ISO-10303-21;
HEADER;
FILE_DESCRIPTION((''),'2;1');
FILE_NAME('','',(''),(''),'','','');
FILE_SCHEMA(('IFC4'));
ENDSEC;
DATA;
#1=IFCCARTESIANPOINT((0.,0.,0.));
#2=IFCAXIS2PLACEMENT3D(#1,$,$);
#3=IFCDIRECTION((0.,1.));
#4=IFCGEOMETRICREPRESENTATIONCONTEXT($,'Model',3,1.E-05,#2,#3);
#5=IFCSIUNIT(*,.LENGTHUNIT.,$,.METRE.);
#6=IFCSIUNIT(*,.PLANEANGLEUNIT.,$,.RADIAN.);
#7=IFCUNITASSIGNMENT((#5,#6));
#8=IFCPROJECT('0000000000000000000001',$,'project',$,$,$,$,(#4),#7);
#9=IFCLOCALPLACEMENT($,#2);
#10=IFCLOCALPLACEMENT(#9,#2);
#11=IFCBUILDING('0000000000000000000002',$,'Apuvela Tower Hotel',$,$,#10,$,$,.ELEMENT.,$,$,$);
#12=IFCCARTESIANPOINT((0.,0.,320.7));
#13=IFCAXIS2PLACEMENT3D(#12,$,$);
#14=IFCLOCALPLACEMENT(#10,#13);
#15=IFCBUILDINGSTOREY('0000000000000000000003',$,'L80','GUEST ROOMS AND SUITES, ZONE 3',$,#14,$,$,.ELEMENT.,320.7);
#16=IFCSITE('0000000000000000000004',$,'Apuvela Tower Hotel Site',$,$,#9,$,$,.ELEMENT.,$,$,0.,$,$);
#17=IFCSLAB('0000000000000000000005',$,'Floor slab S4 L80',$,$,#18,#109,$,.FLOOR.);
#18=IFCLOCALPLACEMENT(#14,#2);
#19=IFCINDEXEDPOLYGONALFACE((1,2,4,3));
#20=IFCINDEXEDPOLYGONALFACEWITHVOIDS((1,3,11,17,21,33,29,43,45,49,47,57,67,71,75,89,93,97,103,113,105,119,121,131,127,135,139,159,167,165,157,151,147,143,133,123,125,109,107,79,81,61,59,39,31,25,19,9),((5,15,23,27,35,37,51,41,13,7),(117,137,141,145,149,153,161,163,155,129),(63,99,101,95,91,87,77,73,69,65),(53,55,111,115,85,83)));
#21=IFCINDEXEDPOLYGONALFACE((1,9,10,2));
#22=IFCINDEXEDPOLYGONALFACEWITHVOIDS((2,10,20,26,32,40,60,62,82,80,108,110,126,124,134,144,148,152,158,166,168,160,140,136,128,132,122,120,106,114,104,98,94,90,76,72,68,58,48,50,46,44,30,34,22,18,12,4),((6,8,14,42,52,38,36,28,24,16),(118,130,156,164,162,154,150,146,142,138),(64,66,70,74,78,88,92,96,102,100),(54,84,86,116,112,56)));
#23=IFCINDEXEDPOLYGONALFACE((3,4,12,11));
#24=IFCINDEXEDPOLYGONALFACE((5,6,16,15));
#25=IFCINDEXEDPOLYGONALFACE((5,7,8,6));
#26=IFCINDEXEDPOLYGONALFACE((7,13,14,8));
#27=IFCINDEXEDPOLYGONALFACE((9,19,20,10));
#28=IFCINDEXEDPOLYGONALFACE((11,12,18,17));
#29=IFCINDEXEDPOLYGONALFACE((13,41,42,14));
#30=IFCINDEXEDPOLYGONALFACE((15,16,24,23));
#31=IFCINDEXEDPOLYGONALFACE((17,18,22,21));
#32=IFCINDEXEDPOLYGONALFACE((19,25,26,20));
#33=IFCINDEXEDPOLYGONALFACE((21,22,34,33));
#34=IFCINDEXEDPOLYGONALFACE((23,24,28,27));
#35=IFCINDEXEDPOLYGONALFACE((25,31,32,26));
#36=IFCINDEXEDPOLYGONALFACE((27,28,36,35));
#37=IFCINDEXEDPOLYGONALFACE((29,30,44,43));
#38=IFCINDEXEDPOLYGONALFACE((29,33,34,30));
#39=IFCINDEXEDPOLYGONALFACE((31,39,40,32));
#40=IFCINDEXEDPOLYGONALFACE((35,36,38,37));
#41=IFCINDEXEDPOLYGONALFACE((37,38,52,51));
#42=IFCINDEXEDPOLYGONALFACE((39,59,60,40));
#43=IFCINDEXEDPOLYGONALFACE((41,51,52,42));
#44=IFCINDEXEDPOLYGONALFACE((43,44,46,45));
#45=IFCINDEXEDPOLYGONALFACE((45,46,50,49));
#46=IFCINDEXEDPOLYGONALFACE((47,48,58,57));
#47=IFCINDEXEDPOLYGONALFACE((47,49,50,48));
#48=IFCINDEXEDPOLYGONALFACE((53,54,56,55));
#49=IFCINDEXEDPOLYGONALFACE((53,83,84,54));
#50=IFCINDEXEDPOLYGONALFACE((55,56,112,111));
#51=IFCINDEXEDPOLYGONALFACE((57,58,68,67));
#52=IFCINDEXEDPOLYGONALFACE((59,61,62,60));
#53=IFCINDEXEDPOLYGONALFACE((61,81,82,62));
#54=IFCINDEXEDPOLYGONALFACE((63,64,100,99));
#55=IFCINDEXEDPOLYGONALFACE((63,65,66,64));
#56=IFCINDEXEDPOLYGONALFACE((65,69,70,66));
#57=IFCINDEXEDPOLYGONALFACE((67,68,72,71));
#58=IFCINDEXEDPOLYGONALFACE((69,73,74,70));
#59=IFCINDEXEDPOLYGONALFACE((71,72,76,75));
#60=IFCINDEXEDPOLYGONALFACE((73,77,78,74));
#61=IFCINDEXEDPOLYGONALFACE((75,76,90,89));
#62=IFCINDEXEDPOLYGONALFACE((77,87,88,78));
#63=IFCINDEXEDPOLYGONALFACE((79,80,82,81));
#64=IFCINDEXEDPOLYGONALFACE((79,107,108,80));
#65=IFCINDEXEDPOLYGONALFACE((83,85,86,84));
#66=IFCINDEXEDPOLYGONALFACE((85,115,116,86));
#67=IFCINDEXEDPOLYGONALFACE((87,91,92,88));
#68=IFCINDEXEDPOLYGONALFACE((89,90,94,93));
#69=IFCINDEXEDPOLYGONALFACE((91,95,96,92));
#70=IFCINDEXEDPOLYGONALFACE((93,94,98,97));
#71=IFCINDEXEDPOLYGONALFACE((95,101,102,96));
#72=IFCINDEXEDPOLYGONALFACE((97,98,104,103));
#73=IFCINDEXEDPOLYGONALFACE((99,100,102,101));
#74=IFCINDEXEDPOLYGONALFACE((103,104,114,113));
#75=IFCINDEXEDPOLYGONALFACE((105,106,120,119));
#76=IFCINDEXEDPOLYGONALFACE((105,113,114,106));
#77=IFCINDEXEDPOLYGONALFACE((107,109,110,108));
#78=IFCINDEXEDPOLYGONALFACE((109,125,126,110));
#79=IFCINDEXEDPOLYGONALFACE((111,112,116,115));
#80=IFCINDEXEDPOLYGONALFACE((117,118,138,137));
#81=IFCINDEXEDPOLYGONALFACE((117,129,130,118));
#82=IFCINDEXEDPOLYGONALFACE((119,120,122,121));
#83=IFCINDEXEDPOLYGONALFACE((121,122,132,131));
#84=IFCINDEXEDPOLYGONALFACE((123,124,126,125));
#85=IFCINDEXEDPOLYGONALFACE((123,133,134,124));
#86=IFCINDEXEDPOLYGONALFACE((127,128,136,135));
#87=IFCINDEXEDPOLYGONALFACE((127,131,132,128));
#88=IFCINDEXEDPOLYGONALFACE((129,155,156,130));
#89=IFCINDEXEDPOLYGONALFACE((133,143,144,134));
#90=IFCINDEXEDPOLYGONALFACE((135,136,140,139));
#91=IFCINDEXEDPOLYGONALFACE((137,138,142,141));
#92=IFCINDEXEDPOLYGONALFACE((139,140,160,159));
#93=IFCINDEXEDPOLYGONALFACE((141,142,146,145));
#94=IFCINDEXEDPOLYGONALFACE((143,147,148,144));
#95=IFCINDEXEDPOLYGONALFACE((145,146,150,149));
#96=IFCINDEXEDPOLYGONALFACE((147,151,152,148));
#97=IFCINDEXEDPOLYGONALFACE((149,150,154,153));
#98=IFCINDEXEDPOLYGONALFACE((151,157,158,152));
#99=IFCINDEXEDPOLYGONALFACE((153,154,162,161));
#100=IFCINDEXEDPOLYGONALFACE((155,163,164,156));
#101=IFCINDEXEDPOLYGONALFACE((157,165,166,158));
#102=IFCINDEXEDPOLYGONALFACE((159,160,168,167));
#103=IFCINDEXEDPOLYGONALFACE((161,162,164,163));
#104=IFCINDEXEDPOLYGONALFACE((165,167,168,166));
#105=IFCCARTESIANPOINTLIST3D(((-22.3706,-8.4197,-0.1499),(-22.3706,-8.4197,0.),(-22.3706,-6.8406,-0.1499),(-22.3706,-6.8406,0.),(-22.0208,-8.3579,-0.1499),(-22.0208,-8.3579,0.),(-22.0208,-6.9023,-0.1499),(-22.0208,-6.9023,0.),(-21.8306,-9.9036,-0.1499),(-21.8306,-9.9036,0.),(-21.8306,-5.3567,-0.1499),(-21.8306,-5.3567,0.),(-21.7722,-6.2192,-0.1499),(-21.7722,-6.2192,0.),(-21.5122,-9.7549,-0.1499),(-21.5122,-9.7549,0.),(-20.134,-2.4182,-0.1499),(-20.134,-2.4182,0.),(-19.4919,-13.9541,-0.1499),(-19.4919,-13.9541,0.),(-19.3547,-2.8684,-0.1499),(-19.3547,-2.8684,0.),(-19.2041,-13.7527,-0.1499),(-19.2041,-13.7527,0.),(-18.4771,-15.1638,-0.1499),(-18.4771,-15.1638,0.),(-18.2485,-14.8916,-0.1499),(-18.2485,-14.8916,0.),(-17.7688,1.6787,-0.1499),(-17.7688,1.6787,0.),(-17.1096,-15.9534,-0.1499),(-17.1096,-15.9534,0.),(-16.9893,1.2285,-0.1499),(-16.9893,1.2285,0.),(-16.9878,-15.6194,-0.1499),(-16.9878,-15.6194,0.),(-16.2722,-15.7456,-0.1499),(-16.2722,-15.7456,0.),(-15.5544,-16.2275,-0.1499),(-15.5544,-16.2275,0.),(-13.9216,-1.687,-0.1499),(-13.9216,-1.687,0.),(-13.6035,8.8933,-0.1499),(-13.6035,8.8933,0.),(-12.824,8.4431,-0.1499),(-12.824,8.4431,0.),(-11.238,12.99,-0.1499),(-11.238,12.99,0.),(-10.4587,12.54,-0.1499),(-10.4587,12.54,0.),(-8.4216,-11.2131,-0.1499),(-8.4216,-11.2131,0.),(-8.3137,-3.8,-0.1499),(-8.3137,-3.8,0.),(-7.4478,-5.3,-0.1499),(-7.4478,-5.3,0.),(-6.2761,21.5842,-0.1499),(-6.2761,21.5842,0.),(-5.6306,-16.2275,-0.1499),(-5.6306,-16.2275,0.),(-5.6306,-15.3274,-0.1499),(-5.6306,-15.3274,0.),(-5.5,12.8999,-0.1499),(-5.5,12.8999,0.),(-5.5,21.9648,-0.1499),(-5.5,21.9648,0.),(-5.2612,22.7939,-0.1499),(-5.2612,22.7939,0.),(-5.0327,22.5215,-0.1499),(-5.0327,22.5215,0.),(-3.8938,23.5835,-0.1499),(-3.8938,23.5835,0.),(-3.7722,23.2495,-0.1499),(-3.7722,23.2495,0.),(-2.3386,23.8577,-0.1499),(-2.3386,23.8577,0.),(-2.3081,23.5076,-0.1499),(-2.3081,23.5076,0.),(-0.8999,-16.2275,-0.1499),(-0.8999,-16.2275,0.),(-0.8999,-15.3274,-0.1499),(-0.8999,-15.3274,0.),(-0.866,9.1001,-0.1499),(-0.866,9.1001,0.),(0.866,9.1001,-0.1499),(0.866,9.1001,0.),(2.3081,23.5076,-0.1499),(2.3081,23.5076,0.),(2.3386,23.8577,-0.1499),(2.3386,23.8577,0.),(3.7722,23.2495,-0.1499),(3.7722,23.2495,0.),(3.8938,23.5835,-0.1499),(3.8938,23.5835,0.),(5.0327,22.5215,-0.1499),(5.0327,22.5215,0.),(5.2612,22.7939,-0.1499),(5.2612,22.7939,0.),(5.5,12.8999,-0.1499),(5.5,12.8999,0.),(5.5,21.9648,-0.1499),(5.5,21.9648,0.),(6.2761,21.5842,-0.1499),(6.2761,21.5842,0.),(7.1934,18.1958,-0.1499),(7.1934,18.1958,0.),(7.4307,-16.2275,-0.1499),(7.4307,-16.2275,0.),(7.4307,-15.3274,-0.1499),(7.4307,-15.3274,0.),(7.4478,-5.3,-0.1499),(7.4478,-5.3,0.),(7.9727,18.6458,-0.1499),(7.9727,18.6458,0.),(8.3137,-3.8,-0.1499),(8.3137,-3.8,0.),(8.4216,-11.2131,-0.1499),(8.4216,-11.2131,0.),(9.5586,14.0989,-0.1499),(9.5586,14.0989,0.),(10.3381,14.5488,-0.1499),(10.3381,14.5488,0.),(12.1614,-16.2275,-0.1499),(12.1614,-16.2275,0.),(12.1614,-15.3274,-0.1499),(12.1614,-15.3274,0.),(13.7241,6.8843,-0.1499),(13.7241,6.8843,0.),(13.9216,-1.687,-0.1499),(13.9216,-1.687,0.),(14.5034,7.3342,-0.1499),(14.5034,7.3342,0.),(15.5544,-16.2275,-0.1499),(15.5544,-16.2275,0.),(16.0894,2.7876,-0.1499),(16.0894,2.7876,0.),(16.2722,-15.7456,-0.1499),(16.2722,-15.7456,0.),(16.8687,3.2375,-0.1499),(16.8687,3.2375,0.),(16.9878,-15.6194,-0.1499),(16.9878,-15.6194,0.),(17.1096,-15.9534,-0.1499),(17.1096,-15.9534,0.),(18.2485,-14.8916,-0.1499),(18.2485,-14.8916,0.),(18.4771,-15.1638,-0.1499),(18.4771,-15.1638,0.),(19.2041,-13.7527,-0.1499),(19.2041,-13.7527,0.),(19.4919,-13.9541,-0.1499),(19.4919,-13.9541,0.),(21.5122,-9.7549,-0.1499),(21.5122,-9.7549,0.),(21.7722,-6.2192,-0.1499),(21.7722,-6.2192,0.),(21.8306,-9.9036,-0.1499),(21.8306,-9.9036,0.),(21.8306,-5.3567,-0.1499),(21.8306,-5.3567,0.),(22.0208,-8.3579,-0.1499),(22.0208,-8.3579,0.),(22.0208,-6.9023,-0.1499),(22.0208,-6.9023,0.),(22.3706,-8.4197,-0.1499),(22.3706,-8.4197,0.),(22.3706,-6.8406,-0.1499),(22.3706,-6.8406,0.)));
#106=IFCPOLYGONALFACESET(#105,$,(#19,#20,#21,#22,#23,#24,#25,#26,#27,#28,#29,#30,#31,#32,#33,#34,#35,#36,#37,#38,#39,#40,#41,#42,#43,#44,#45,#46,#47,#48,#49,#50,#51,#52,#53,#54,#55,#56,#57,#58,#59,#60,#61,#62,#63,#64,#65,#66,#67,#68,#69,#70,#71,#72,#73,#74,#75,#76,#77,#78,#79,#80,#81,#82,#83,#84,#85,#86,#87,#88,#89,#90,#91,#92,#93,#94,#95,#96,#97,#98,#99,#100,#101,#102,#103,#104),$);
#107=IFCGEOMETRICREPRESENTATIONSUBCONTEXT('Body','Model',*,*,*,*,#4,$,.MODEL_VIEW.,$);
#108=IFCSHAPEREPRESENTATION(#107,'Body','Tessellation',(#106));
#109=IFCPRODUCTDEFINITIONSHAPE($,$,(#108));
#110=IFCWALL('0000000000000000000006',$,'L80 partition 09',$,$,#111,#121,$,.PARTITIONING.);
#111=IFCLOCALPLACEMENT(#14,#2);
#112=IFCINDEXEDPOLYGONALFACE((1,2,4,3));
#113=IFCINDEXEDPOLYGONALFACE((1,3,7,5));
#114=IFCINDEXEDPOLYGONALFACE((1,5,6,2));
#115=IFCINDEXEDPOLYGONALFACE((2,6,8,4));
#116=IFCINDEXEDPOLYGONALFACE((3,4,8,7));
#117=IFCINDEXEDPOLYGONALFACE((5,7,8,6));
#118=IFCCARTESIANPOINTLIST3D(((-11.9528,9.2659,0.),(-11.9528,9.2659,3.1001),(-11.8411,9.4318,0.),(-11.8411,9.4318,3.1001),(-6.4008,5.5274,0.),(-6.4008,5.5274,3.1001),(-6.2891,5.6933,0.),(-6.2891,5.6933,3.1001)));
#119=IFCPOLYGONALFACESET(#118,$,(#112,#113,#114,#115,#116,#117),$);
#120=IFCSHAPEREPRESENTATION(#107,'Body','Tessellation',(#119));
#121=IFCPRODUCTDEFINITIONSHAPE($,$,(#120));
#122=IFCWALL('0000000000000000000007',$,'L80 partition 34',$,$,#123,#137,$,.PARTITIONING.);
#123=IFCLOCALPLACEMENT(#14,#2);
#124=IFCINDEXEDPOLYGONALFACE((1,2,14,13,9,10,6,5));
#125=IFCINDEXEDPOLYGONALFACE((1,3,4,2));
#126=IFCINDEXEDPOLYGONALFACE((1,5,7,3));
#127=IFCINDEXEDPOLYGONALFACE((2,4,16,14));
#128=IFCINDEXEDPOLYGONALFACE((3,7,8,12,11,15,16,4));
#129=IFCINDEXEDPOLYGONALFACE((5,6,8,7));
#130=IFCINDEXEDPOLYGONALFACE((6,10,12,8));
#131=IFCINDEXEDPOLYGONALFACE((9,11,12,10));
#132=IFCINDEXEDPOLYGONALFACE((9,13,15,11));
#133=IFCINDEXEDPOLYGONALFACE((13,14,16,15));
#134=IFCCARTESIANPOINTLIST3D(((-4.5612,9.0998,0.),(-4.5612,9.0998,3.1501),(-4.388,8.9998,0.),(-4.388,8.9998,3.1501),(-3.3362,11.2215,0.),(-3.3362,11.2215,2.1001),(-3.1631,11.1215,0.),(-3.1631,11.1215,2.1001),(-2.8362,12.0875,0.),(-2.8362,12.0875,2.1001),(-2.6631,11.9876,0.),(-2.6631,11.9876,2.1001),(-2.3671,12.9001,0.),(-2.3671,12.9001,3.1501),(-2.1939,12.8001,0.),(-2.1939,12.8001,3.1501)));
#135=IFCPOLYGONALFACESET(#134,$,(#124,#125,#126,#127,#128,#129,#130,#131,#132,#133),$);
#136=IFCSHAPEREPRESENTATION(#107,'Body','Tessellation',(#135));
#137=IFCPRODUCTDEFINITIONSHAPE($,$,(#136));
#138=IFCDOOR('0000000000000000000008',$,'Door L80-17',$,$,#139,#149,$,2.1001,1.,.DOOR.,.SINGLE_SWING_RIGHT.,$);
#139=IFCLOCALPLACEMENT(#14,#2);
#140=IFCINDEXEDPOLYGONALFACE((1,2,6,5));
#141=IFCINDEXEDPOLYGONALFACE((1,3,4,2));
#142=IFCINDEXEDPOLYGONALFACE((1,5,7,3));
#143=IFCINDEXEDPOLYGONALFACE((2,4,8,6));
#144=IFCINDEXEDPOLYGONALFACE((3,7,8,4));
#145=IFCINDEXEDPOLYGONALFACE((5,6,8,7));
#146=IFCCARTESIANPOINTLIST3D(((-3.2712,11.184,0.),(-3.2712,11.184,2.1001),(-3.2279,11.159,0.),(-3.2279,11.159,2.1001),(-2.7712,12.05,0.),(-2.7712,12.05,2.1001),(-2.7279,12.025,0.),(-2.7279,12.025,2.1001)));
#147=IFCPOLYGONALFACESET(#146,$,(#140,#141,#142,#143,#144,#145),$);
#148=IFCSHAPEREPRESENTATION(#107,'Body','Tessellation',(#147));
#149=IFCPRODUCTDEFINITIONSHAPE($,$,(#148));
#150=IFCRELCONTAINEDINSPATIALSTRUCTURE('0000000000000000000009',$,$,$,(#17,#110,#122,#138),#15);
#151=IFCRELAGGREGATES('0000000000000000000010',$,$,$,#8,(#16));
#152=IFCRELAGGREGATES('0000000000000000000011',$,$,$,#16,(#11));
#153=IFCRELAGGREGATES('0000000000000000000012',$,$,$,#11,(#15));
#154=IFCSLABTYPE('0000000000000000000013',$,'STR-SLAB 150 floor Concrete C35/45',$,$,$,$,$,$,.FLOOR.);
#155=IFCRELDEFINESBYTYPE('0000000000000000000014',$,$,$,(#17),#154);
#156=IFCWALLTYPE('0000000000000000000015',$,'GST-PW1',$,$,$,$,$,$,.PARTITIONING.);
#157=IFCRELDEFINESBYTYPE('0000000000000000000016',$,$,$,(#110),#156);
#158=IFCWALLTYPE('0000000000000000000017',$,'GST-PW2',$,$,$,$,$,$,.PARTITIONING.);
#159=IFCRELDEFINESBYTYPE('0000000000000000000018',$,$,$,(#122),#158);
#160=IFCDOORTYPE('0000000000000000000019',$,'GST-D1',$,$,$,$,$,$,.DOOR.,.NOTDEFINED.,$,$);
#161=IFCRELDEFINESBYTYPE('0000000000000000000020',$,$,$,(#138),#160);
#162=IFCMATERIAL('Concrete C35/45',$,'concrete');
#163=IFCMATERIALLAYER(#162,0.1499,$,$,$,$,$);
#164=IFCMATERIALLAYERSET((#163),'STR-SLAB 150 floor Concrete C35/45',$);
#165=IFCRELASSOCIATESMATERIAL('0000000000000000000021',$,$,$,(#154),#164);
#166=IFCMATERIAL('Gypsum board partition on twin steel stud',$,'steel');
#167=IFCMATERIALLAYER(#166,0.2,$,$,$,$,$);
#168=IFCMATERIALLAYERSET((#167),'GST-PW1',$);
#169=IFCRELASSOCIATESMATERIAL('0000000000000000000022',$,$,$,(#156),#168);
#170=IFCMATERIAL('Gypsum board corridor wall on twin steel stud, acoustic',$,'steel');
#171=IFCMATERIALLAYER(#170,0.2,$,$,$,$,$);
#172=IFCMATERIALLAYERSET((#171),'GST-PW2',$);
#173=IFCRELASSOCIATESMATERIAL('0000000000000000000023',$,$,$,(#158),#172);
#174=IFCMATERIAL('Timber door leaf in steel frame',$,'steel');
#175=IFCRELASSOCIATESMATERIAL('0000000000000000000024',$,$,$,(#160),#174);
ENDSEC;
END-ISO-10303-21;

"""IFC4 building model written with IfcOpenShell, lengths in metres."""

from ifc_helpers import new_model, si_unit, direction, frame, frame_2d, origin, place, context, subcontext, project, spatial, polyline, rectangle, outline, extrude, material, layer, layer_set, type_object, element, fill, save


model = new_model("IFC4")

# Units and contexts
model_context = context("Model", 3, precision=1e-05, world=origin(), true_north=direction((0.0, 1.0)))
body_context = subcontext(model_context, "Body", "Model", "MODEL_VIEW")
ifc_project = project(units=[si_unit("LENGTHUNIT", "METRE"), si_unit("PLANEANGLEUNIT", "RADIAN")], contexts=[model_context])

# Site, building, storey
site_placement = place(None, origin())
site = spatial("IfcSite", under=ifc_project, at=site_placement, Name="Apuvela Tower Hotel Site", CompositionType="ELEMENT", RefElevation=0.0)
building_placement = place(site_placement, origin())
building = spatial("IfcBuilding", under=site, at=building_placement, Name="Apuvela Tower Hotel", CompositionType="ELEMENT")
storey_placement = place(building_placement, frame((0.0, 0.0, 320.7)))
storey = spatial("IfcBuildingStorey", under=building, at=storey_placement, Name="L80", Description="GUEST ROOMS AND SUITES, ZONE 3", CompositionType="ELEMENT", Elevation=320.7)

# Slab
ifc_material_1 = material(Name="Concrete C35/45", Category="concrete")
ifc_layer_1 = layer(ifc_material_1, 0.1499)
ifc_layer_set_1 = layer_set([ifc_layer_1], Name="STR-SLAB 150 floor Concrete C35/45")
slab_type_1 = type_object("IfcSlabType", Name="STR-SLAB 150 floor Concrete C35/45", PredefinedType="FLOOR", material=ifc_layer_set_1)
slab_1_placement = place(storey_placement, frame((0.0, 0.0, -0.1499)))
element("IfcSlab", 1, at=slab_1_placement, inside=storey, type_object=slab_type_1, Name="Floor slab S4 L80", PredefinedType="FLOOR", context=body_context, shape_type="SweptSolid", body=[
    extrude(outline(polyline([(-5.2612, 22.7939), (-3.8938, 23.5835), (-2.3386, 23.8577), (2.3386, 23.8577), (3.8938, 23.5835), (5.2612, 22.7939), (6.2761, 21.5842), (7.9727, 18.6458), (7.1934, 18.1958), (9.5586, 14.0989), (10.3381, 14.5488), (14.5034, 7.3342), (13.7241, 6.8843), (16.0894, 2.7876), (16.8687, 3.2375), (21.8306, -5.3567), (22.3706, -6.8406), (22.3706, -8.4197), (21.8306, -9.9036), (19.4919, -13.9541), (18.4771, -15.1638), (17.1096, -15.9534), (15.5544, -16.2275), (12.1614, -16.2275), (12.1614, -15.3274), (7.4307, -15.3274), (7.4307, -16.2275), (-0.8999, -16.2275), (-0.8999, -15.3274), (-5.6306, -15.3274), (-5.6306, -16.2275), (-15.5544, -16.2275), (-17.1096, -15.9534), (-18.4771, -15.1638), (-19.4919, -13.9541), (-21.8306, -9.9036), (-22.3706, -8.4197), (-22.3706, -6.8406), (-21.8306, -5.3567), (-20.134, -2.4182), (-19.3547, -2.8684), (-16.9893, 1.2285), (-17.7688, 1.6787), (-13.6035, 8.8933), (-12.824, 8.4431), (-10.4587, 12.54), (-11.238, 12.99), (-6.2761, 21.5842), (-5.2612, 22.7939)]), holes=[polyline([(0.866, 9.1001), (-0.866, 9.1001), (-8.3137, -3.8), (-7.4478, -5.3), (7.4478, -5.3), (8.3137, -3.8), (0.866, 9.1001)]), polyline([(-5.5, 12.8999), (-5.5, 21.9648), (-5.0327, 22.5215), (-3.7722, 23.2495), (-2.3081, 23.5076), (2.3081, 23.5076), (3.7722, 23.2495), (5.0327, 22.5215), (5.5, 21.9648), (5.5, 12.8999), (-5.5, 12.8999)]), polyline([(-8.4216, -11.2131), (-16.2722, -15.7456), (-16.9878, -15.6194), (-18.2485, -14.8916), (-19.2041, -13.7527), (-21.5122, -9.7549), (-22.0208, -8.3579), (-22.0208, -6.9023), (-21.7722, -6.2192), (-13.9216, -1.687), (-8.4216, -11.2131)]), polyline([(13.9216, -1.687), (21.7722, -6.2192), (22.0208, -6.9023), (22.0208, -8.3579), (21.5122, -9.7549), (19.2041, -13.7527), (18.2485, -14.8916), (16.9878, -15.6194), (16.2722, -15.7456), (8.4216, -11.2131), (13.9216, -1.687)])]), origin(), (0.0, 0.0, 1.0), 0.1499),
])

# Wall
ifc_material_2 = material(Name="Gypsum board partition on twin steel stud", Category="steel")
ifc_layer_2 = layer(ifc_material_2, 0.2)
ifc_layer_set_2 = layer_set([ifc_layer_2], Name="GST-PW1")
wall_type_1 = type_object("IfcWallType", Name="GST-PW1", PredefinedType="PARTITIONING", material=ifc_layer_set_2)
wall_1_placement = place(storey_placement, frame((-11.897, 9.3489, 0.0), z_axis=(0.0, 0.0, 1.0), x_axis=(0.829477, -0.558541, 0.0)))
element("IfcWall", 2, at=wall_1_placement, inside=storey, type_object=wall_type_1, Name="L80 partition 09", PredefinedType="PARTITIONING", context=body_context, shape_type="SweptSolid", body=[
    extrude(rectangle(XDim=6.6934, YDim=0.2, at=frame_2d((3.3467, 0.0))), origin(), (0.0, 0.0, 1.0), 3.1001),
])

# Wall, opening, door
ifc_material_3 = material(Name="Gypsum board corridor wall on twin steel stud, acoustic", Category="steel")
ifc_layer_3 = layer(ifc_material_3, 0.2)
ifc_layer_set_3 = layer_set([ifc_layer_3], Name="GST-PW2")
wall_type_2 = type_object("IfcWallType", Name="GST-PW2", PredefinedType="PARTITIONING", material=ifc_layer_set_3)
wall_2_placement = place(storey_placement, frame((-4.4746, 9.0498, 0.0), z_axis=(0.0, 0.0, 1.0), x_axis=(0.499999, 0.866026, 0.0)))
wall_2 = element("IfcWall", 3, at=wall_2_placement, inside=storey, type_object=wall_type_2, Name="L80 partition 34", PredefinedType="PARTITIONING", context=body_context, shape_type="SweptSolid", body=[
    extrude(rectangle(XDim=4.3882, YDim=0.2, at=frame_2d((2.1941, 0.0))), origin(), (0.0, 0.0, 1.0), 3.1501),
])
opening_1_placement = place(wall_2_placement, frame((2.45, 0.0, 0.0)))
opening_1 = element("IfcOpeningElement", 4, at=opening_1_placement, cuts=wall_2, PredefinedType="OPENING", context=body_context, shape_type="SweptSolid", body=[
    extrude(rectangle(XDim=1.0, YDim=2.1001, at=frame_2d((0.5, 1.05))), frame((0.0, 0.1099, 0.0), z_axis=(0.0, -1.0, 0.0), x_axis=(1.0, 0.0, 0.0)), (0.0, 0.0, 1.0), 0.22),
])
ifc_material_4 = material(Name="Timber door leaf in steel frame", Category="steel")
door_type_1 = type_object("IfcDoorType", Name="GST-D1", OperationType="NOTDEFINED", PredefinedType="DOOR", material=ifc_material_4)
door_1_placement = place(opening_1_placement, origin())
door_1 = element("IfcDoor", 5, at=door_1_placement, inside=storey, type_object=door_type_1, Name="Door L80-17", OperationType="SINGLE_SWING_RIGHT", OverallHeight=2.1001, OverallWidth=1.0, PredefinedType="DOOR", context=body_context, shape_type="SweptSolid", body=[
    extrude(rectangle(XDim=1.0, YDim=2.1001, at=frame_2d((0.5, 1.05))), frame((0.0, 0.0249, 0.0), z_axis=(0.0, -1.0, 0.0), x_axis=(1.0, 0.0, 0.0)), (0.0, 0.0, 1.0), 0.05),
])
fill(opening_1, door_1)

save(model, "model.ifc")
